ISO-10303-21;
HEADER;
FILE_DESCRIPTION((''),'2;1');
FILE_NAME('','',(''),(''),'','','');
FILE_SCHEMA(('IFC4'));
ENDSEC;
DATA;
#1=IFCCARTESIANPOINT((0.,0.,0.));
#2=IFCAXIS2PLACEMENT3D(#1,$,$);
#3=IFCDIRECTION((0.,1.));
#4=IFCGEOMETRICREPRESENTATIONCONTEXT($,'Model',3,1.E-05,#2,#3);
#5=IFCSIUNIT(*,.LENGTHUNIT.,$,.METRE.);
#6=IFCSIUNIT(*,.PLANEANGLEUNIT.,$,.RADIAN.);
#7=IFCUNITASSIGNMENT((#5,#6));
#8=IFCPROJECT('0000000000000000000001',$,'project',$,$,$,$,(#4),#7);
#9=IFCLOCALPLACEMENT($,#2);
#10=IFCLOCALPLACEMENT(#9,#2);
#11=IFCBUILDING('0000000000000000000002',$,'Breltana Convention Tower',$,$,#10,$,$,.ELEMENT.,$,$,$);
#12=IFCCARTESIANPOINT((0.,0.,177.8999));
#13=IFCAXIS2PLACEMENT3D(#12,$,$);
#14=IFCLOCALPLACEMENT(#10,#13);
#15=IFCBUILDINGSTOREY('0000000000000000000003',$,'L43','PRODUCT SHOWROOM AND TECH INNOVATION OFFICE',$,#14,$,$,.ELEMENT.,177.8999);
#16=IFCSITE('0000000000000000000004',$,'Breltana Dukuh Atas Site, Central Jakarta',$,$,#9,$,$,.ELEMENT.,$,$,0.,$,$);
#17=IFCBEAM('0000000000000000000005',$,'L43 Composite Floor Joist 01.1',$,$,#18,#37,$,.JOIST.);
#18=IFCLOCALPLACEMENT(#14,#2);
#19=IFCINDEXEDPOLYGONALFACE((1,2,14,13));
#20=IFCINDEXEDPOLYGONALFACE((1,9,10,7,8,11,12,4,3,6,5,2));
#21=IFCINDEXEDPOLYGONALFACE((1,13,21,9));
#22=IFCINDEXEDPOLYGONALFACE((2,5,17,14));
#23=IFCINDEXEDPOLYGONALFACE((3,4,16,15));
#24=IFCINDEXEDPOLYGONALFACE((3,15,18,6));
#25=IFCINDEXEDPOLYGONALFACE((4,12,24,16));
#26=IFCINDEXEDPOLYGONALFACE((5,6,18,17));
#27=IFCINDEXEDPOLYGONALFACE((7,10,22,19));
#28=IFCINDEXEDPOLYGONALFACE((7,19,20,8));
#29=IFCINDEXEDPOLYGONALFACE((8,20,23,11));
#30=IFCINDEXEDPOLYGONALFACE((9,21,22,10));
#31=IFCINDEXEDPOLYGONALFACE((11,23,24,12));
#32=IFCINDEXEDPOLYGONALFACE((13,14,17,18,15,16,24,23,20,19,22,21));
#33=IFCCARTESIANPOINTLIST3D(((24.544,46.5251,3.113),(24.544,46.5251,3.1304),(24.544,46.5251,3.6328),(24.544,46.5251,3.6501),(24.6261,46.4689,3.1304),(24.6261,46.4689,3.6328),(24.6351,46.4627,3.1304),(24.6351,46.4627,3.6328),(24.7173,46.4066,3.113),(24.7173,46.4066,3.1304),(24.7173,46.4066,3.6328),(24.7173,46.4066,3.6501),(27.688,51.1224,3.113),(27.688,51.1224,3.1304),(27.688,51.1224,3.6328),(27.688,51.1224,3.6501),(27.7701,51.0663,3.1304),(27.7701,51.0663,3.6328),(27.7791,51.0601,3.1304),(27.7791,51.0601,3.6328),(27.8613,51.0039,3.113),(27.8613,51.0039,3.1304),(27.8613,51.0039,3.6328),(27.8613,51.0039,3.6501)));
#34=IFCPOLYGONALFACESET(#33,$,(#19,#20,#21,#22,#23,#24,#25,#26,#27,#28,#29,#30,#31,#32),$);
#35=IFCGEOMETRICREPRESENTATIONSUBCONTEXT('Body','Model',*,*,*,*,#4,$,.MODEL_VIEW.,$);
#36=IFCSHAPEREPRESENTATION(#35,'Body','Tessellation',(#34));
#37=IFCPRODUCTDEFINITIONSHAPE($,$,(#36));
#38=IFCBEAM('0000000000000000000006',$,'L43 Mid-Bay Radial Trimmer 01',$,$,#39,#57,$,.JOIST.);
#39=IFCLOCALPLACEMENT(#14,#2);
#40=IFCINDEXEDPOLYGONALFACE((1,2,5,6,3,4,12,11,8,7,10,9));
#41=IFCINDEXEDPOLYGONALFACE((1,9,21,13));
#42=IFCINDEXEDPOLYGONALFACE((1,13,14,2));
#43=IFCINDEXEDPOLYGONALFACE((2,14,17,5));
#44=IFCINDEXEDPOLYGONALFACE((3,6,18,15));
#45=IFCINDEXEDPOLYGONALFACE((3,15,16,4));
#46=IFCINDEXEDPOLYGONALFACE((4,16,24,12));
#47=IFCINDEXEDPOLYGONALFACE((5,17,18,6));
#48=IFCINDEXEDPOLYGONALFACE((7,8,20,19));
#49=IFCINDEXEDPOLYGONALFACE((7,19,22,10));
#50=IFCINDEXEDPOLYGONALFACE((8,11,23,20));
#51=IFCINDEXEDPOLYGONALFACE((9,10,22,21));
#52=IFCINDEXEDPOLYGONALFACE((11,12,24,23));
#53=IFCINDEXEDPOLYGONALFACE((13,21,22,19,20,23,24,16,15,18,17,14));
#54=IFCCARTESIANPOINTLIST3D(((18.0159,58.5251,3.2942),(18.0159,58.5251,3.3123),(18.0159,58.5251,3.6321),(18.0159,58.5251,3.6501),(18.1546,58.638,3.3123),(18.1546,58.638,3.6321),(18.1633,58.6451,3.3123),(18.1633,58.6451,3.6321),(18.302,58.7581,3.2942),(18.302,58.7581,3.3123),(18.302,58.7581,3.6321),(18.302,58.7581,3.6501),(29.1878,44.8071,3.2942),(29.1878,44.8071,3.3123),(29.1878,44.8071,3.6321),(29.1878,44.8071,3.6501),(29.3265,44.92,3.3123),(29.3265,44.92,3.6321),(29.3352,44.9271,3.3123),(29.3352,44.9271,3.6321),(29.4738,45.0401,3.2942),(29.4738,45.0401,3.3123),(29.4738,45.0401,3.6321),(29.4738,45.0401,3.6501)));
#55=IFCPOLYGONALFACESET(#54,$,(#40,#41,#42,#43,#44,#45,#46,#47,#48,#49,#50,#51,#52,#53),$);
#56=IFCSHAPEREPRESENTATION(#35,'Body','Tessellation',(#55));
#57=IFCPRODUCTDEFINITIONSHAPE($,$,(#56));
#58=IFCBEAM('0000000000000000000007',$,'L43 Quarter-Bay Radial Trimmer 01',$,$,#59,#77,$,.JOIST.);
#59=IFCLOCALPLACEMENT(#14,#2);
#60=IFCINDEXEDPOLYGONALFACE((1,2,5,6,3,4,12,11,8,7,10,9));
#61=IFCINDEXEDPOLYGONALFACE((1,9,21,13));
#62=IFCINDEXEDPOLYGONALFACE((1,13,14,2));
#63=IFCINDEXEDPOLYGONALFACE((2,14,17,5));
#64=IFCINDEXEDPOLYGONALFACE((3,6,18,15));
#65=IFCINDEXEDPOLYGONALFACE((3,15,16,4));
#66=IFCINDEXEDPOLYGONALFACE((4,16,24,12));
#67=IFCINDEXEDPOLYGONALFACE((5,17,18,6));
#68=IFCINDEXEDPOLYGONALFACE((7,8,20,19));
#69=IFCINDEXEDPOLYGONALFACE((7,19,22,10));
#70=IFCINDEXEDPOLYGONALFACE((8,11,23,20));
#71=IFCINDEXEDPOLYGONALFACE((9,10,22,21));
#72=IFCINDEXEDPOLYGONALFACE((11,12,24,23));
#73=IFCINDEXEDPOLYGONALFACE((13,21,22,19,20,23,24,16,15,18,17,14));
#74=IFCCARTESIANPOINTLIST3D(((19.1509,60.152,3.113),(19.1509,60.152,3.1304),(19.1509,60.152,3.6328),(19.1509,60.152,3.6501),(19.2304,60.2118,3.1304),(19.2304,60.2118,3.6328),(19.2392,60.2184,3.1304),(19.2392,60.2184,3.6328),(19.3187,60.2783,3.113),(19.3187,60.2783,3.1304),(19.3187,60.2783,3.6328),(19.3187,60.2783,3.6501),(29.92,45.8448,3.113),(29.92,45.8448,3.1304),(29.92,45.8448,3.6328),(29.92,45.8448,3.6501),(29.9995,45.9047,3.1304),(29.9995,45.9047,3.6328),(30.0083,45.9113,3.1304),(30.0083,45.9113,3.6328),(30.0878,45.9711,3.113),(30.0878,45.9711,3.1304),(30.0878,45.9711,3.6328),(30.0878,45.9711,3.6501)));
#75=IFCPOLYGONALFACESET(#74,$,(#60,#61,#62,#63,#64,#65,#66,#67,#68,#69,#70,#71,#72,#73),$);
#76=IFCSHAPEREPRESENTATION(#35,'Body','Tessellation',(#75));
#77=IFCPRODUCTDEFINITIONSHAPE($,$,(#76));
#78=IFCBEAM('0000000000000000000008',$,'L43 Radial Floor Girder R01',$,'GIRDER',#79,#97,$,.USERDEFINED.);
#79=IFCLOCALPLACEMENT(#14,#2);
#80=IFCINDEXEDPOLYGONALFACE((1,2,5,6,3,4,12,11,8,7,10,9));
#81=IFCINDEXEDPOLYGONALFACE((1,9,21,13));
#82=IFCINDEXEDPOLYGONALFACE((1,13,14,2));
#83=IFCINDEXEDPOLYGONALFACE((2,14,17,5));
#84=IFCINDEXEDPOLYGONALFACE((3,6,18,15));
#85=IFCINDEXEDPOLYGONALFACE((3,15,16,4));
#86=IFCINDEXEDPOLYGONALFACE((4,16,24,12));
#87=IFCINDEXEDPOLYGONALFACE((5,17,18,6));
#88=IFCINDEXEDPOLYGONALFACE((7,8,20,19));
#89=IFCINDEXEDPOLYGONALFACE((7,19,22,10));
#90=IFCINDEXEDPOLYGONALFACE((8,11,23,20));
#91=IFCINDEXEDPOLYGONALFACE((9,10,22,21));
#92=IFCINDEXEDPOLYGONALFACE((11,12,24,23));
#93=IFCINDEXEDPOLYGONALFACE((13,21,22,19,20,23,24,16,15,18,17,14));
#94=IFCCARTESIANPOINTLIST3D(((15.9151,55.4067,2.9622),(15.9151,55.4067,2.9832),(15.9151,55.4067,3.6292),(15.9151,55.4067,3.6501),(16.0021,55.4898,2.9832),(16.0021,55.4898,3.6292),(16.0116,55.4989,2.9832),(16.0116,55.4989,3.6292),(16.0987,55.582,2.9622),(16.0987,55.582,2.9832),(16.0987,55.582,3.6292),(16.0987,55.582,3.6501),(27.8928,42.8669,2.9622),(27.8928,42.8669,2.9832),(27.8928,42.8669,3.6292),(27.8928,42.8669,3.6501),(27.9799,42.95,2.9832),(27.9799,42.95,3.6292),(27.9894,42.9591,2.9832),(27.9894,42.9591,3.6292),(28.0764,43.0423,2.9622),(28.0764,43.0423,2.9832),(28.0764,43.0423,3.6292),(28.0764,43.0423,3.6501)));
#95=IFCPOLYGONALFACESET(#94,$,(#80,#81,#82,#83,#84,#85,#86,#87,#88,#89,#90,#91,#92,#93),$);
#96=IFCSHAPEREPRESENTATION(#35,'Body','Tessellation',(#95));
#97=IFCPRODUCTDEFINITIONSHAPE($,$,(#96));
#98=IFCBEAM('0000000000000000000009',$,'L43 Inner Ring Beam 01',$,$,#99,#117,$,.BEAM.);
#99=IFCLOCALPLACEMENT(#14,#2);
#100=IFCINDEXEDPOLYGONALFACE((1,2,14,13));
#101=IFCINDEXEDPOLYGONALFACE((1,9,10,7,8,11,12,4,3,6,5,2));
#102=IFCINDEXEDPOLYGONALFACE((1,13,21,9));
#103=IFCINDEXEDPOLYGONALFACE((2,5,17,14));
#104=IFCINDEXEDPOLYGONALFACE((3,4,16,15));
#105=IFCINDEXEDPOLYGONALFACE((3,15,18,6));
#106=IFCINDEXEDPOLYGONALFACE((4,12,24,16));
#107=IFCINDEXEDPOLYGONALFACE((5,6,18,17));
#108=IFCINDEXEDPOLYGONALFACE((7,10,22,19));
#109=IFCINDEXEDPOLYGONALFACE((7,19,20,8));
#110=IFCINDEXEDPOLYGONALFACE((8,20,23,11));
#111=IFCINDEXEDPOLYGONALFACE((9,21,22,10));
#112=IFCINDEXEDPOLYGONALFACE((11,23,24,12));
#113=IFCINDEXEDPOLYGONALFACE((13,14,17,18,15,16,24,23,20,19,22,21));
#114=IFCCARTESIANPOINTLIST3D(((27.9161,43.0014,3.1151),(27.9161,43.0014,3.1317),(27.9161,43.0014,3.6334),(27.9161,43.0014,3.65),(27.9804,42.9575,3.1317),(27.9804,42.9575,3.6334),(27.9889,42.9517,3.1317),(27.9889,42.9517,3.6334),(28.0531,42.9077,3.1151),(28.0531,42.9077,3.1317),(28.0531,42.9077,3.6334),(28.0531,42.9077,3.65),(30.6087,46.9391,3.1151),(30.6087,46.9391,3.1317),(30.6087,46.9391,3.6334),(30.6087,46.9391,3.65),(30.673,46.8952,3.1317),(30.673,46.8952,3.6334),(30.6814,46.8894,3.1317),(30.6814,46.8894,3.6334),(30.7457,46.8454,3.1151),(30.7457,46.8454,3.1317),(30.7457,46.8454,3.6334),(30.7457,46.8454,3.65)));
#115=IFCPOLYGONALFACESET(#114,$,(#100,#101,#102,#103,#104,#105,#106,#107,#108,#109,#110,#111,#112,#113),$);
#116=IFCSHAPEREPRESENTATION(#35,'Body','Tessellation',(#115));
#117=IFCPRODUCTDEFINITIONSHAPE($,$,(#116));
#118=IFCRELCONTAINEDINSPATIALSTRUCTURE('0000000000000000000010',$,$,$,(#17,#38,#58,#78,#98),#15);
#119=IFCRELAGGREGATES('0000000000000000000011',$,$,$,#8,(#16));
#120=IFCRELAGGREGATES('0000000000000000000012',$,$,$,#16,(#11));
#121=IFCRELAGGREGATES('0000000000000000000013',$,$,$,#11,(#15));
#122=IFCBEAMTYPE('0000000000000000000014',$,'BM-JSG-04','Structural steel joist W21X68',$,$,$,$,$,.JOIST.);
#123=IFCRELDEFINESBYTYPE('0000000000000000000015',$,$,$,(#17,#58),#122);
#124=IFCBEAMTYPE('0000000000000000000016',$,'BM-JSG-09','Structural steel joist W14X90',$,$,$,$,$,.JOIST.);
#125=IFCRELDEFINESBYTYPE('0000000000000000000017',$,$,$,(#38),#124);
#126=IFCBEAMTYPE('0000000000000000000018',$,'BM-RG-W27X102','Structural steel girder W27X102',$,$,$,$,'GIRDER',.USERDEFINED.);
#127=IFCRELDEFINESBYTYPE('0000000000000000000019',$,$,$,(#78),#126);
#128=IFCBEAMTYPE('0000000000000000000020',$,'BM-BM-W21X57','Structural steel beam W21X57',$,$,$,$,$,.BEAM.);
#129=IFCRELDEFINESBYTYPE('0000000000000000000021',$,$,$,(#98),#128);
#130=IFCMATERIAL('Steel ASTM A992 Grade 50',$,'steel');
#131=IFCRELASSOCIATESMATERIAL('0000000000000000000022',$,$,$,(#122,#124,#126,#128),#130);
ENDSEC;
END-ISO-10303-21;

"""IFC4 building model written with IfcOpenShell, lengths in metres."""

from ifc_helpers import new_model, si_unit, direction, frame, origin, origin_2d, place, context, subcontext, project, spatial, i_section, extrude, source, transform, mapped, material, material_profile, profile_set, type_object, type_shapes, element, save


model = new_model("IFC4")

# Units and contexts
model_context = context("Model", 3, precision=1e-05, world=origin(), true_north=direction((0.0, 1.0)))
body_context = subcontext(model_context, "Body", "Model", "MODEL_VIEW")
ifc_project = project(units=[si_unit("LENGTHUNIT", "METRE"), si_unit("PLANEANGLEUNIT", "RADIAN")], contexts=[model_context])

# Site, building, storey
site_placement = place(None, origin())
site = spatial("IfcSite", under=ifc_project, at=site_placement, Name="Breltana Dukuh Atas Site, Central Jakarta", CompositionType="ELEMENT", RefElevation=0.0)
building_placement = place(site_placement, origin())
building = spatial("IfcBuilding", under=site, at=building_placement, Name="Breltana Convention Tower", CompositionType="ELEMENT")
storey_placement = place(building_placement, frame((0.0, 0.0, 177.8999)))
storey = spatial("IfcBuildingStorey", under=building, at=storey_placement, Name="L43", Description="PRODUCT SHOWROOM AND TECH INNOVATION OFFICE", CompositionType="ELEMENT", Elevation=177.8999)

# Beams
ifc_material_1 = material(Name="Steel ASTM A992 Grade 50", Category="steel")
ifc_material_profile_1 = material_profile(ifc_material_1, i_section(OverallWidth=0.21, OverallDepth=0.5371, WebThickness=0.011, FlangeThickness=0.0173, at=origin_2d()), Name="W21X68")
ifc_profile_set_1 = profile_set([ifc_material_profile_1], Name="Steel ASTM A992 Grade 50")
beam_type_1 = type_object("IfcBeamType", Name="BM-JSG-04", Description="Structural steel joist W21X68", PredefinedType="JOIST", material=ifc_profile_set_1)
shared_shape_1 = source(origin(), body_context, "Body", "SweptSolid", [
    extrude(i_section(OverallWidth=0.21, OverallDepth=0.5371, WebThickness=0.011, FlangeThickness=0.0173, at=origin_2d()), origin(), (0.0, 0.0, 1.0), 5.5696),
])
type_shapes(beam_type_1, [shared_shape_1])
beam_1_placement = place(storey_placement, frame((24.6306, 46.4658, 3.3816), z_axis=(0.564494, 0.825437, 0.0), x_axis=(-0.825437, 0.564494, 0.0)))
element("IfcBeam", 1, at=beam_1_placement, inside=storey, type_object=beam_type_1, Name="L43 Composite Floor Joist 01.1", PredefinedType="JOIST", context=body_context, shape_type="MappedRepresentation", body=[
    mapped(shared_shape_1, transform((0.0, 0.0, 0.0), scale=1.0)),
])
ifc_material_profile_2 = material_profile(ifc_material_1, i_section(OverallWidth=0.3689, OverallDepth=0.356, WebThickness=0.0112, FlangeThickness=0.0181, at=origin_2d()), Name="W14X90")
ifc_profile_set_2 = profile_set([ifc_material_profile_2], Name="Steel ASTM A992 Grade 50")
beam_type_2 = type_object("IfcBeamType", Name="BM-JSG-09", Description="Structural steel joist W14X90", PredefinedType="JOIST", material=ifc_profile_set_2)
shared_shape_2 = source(origin(), body_context, "Body", "SweptSolid", [
    extrude(i_section(OverallWidth=0.3689, OverallDepth=0.356, WebThickness=0.0112, FlangeThickness=0.0181, at=origin_2d()), origin(), (0.0, 0.0, 1.0), 17.6917),
])
type_shapes(beam_type_2, [shared_shape_2])
beam_2_placement = place(storey_placement, frame((29.3308, 44.9236, 3.4722), z_axis=(-0.631477, 0.775395, 0.0), x_axis=(-0.775395, -0.631477, 0.0)))
element("IfcBeam", 2, at=beam_2_placement, inside=storey, type_object=beam_type_2, Name="L43 Mid-Bay Radial Trimmer 01", PredefinedType="JOIST", context=body_context, shape_type="MappedRepresentation", body=[
    mapped(shared_shape_2, transform((0.0, 0.0, 0.0), scale=1.0)),
])
shared_shape_3 = source(origin(), body_context, "Body", "SweptSolid", [
    extrude(i_section(OverallWidth=0.21, OverallDepth=0.5371, WebThickness=0.011, FlangeThickness=0.0173, at=origin_2d()), origin(), (0.0, 0.0, 1.0), 17.9072),
])
beam_3_placement = place(storey_placement, frame((30.0039, 45.908, 3.3816), z_axis=(-0.601382, 0.798962, 0.0), x_axis=(-0.798962, -0.601382, 0.0)))
element("IfcBeam", 3, at=beam_3_placement, inside=storey, type_object=beam_type_1, Name="L43 Quarter-Bay Radial Trimmer 01", PredefinedType="JOIST", context=body_context, shape_type="MappedRepresentation", body=[
    mapped(shared_shape_3, transform((0.0, 0.0, 0.0), scale=1.0)),
])
ifc_material_profile_3 = material_profile(ifc_material_1, i_section(OverallWidth=0.2539, OverallDepth=0.688, WebThickness=0.0132, FlangeThickness=0.021, at=origin_2d()), Name="W27X102")
ifc_profile_set_3 = profile_set([ifc_material_profile_3], Name="Steel ASTM A992 Grade 50")
beam_type_3 = type_object("IfcBeamType", Name="BM-RG-W27X102", Description="Structural steel girder W27X102", ElementType="GIRDER", PredefinedType="USERDEFINED", material=ifc_profile_set_3)
shared_shape_4 = source(origin(), body_context, "Body", "SweptSolid", [
    extrude(i_section(OverallWidth=0.2539, OverallDepth=0.688, WebThickness=0.0132, FlangeThickness=0.021, at=origin_2d()), origin(), (0.0, 0.0, 1.0), 17.3411),
])
type_shapes(beam_type_3, [shared_shape_4])
beam_4_placement = place(storey_placement, frame((27.9846, 42.9546, 3.3062), z_axis=(-0.690716, 0.723126, 0.0), x_axis=(-0.723126, -0.690716, 0.0)))
element("IfcBeam", 4, at=beam_4_placement, inside=storey, type_object=beam_type_3, Name="L43 Radial Floor Girder R01", ObjectType="GIRDER", PredefinedType="USERDEFINED", context=body_context, shape_type="MappedRepresentation", body=[
    mapped(shared_shape_4, transform((0.0, 0.0, 0.0), scale=1.0)),
])
ifc_material_profile_4 = material_profile(ifc_material_1, i_section(OverallWidth=0.166, OverallDepth=0.5349, WebThickness=0.0103, FlangeThickness=0.0166, at=origin_2d()), Name="W21X57")
ifc_profile_set_4 = profile_set([ifc_material_profile_4], Name="Steel ASTM A992 Grade 50")
beam_type_4 = type_object("IfcBeamType", Name="BM-BM-W21X57", Description="Structural steel beam W21X57", PredefinedType="BEAM", material=ifc_profile_set_4)
shared_shape_5 = source(origin(), body_context, "Body", "SweptSolid", [
    extrude(i_section(OverallWidth=0.166, OverallDepth=0.5349, WebThickness=0.0103, FlangeThickness=0.0166, at=origin_2d()), origin(), (0.0, 0.0, 1.0), 4.7703),
])
beam_5_placement = place(storey_placement, frame((27.9846, 42.9546, 3.3826), z_axis=(0.564453, 0.825465, 0.0), x_axis=(-0.825465, 0.564453, 0.0)))
element("IfcBeam", 5, at=beam_5_placement, inside=storey, type_object=beam_type_4, Name="L43 Inner Ring Beam 01", PredefinedType="BEAM", context=body_context, shape_type="MappedRepresentation", body=[
    mapped(shared_shape_5, transform((0.0, 0.0, 0.0), scale=1.0)),
])

save(model, "model.ifc")
